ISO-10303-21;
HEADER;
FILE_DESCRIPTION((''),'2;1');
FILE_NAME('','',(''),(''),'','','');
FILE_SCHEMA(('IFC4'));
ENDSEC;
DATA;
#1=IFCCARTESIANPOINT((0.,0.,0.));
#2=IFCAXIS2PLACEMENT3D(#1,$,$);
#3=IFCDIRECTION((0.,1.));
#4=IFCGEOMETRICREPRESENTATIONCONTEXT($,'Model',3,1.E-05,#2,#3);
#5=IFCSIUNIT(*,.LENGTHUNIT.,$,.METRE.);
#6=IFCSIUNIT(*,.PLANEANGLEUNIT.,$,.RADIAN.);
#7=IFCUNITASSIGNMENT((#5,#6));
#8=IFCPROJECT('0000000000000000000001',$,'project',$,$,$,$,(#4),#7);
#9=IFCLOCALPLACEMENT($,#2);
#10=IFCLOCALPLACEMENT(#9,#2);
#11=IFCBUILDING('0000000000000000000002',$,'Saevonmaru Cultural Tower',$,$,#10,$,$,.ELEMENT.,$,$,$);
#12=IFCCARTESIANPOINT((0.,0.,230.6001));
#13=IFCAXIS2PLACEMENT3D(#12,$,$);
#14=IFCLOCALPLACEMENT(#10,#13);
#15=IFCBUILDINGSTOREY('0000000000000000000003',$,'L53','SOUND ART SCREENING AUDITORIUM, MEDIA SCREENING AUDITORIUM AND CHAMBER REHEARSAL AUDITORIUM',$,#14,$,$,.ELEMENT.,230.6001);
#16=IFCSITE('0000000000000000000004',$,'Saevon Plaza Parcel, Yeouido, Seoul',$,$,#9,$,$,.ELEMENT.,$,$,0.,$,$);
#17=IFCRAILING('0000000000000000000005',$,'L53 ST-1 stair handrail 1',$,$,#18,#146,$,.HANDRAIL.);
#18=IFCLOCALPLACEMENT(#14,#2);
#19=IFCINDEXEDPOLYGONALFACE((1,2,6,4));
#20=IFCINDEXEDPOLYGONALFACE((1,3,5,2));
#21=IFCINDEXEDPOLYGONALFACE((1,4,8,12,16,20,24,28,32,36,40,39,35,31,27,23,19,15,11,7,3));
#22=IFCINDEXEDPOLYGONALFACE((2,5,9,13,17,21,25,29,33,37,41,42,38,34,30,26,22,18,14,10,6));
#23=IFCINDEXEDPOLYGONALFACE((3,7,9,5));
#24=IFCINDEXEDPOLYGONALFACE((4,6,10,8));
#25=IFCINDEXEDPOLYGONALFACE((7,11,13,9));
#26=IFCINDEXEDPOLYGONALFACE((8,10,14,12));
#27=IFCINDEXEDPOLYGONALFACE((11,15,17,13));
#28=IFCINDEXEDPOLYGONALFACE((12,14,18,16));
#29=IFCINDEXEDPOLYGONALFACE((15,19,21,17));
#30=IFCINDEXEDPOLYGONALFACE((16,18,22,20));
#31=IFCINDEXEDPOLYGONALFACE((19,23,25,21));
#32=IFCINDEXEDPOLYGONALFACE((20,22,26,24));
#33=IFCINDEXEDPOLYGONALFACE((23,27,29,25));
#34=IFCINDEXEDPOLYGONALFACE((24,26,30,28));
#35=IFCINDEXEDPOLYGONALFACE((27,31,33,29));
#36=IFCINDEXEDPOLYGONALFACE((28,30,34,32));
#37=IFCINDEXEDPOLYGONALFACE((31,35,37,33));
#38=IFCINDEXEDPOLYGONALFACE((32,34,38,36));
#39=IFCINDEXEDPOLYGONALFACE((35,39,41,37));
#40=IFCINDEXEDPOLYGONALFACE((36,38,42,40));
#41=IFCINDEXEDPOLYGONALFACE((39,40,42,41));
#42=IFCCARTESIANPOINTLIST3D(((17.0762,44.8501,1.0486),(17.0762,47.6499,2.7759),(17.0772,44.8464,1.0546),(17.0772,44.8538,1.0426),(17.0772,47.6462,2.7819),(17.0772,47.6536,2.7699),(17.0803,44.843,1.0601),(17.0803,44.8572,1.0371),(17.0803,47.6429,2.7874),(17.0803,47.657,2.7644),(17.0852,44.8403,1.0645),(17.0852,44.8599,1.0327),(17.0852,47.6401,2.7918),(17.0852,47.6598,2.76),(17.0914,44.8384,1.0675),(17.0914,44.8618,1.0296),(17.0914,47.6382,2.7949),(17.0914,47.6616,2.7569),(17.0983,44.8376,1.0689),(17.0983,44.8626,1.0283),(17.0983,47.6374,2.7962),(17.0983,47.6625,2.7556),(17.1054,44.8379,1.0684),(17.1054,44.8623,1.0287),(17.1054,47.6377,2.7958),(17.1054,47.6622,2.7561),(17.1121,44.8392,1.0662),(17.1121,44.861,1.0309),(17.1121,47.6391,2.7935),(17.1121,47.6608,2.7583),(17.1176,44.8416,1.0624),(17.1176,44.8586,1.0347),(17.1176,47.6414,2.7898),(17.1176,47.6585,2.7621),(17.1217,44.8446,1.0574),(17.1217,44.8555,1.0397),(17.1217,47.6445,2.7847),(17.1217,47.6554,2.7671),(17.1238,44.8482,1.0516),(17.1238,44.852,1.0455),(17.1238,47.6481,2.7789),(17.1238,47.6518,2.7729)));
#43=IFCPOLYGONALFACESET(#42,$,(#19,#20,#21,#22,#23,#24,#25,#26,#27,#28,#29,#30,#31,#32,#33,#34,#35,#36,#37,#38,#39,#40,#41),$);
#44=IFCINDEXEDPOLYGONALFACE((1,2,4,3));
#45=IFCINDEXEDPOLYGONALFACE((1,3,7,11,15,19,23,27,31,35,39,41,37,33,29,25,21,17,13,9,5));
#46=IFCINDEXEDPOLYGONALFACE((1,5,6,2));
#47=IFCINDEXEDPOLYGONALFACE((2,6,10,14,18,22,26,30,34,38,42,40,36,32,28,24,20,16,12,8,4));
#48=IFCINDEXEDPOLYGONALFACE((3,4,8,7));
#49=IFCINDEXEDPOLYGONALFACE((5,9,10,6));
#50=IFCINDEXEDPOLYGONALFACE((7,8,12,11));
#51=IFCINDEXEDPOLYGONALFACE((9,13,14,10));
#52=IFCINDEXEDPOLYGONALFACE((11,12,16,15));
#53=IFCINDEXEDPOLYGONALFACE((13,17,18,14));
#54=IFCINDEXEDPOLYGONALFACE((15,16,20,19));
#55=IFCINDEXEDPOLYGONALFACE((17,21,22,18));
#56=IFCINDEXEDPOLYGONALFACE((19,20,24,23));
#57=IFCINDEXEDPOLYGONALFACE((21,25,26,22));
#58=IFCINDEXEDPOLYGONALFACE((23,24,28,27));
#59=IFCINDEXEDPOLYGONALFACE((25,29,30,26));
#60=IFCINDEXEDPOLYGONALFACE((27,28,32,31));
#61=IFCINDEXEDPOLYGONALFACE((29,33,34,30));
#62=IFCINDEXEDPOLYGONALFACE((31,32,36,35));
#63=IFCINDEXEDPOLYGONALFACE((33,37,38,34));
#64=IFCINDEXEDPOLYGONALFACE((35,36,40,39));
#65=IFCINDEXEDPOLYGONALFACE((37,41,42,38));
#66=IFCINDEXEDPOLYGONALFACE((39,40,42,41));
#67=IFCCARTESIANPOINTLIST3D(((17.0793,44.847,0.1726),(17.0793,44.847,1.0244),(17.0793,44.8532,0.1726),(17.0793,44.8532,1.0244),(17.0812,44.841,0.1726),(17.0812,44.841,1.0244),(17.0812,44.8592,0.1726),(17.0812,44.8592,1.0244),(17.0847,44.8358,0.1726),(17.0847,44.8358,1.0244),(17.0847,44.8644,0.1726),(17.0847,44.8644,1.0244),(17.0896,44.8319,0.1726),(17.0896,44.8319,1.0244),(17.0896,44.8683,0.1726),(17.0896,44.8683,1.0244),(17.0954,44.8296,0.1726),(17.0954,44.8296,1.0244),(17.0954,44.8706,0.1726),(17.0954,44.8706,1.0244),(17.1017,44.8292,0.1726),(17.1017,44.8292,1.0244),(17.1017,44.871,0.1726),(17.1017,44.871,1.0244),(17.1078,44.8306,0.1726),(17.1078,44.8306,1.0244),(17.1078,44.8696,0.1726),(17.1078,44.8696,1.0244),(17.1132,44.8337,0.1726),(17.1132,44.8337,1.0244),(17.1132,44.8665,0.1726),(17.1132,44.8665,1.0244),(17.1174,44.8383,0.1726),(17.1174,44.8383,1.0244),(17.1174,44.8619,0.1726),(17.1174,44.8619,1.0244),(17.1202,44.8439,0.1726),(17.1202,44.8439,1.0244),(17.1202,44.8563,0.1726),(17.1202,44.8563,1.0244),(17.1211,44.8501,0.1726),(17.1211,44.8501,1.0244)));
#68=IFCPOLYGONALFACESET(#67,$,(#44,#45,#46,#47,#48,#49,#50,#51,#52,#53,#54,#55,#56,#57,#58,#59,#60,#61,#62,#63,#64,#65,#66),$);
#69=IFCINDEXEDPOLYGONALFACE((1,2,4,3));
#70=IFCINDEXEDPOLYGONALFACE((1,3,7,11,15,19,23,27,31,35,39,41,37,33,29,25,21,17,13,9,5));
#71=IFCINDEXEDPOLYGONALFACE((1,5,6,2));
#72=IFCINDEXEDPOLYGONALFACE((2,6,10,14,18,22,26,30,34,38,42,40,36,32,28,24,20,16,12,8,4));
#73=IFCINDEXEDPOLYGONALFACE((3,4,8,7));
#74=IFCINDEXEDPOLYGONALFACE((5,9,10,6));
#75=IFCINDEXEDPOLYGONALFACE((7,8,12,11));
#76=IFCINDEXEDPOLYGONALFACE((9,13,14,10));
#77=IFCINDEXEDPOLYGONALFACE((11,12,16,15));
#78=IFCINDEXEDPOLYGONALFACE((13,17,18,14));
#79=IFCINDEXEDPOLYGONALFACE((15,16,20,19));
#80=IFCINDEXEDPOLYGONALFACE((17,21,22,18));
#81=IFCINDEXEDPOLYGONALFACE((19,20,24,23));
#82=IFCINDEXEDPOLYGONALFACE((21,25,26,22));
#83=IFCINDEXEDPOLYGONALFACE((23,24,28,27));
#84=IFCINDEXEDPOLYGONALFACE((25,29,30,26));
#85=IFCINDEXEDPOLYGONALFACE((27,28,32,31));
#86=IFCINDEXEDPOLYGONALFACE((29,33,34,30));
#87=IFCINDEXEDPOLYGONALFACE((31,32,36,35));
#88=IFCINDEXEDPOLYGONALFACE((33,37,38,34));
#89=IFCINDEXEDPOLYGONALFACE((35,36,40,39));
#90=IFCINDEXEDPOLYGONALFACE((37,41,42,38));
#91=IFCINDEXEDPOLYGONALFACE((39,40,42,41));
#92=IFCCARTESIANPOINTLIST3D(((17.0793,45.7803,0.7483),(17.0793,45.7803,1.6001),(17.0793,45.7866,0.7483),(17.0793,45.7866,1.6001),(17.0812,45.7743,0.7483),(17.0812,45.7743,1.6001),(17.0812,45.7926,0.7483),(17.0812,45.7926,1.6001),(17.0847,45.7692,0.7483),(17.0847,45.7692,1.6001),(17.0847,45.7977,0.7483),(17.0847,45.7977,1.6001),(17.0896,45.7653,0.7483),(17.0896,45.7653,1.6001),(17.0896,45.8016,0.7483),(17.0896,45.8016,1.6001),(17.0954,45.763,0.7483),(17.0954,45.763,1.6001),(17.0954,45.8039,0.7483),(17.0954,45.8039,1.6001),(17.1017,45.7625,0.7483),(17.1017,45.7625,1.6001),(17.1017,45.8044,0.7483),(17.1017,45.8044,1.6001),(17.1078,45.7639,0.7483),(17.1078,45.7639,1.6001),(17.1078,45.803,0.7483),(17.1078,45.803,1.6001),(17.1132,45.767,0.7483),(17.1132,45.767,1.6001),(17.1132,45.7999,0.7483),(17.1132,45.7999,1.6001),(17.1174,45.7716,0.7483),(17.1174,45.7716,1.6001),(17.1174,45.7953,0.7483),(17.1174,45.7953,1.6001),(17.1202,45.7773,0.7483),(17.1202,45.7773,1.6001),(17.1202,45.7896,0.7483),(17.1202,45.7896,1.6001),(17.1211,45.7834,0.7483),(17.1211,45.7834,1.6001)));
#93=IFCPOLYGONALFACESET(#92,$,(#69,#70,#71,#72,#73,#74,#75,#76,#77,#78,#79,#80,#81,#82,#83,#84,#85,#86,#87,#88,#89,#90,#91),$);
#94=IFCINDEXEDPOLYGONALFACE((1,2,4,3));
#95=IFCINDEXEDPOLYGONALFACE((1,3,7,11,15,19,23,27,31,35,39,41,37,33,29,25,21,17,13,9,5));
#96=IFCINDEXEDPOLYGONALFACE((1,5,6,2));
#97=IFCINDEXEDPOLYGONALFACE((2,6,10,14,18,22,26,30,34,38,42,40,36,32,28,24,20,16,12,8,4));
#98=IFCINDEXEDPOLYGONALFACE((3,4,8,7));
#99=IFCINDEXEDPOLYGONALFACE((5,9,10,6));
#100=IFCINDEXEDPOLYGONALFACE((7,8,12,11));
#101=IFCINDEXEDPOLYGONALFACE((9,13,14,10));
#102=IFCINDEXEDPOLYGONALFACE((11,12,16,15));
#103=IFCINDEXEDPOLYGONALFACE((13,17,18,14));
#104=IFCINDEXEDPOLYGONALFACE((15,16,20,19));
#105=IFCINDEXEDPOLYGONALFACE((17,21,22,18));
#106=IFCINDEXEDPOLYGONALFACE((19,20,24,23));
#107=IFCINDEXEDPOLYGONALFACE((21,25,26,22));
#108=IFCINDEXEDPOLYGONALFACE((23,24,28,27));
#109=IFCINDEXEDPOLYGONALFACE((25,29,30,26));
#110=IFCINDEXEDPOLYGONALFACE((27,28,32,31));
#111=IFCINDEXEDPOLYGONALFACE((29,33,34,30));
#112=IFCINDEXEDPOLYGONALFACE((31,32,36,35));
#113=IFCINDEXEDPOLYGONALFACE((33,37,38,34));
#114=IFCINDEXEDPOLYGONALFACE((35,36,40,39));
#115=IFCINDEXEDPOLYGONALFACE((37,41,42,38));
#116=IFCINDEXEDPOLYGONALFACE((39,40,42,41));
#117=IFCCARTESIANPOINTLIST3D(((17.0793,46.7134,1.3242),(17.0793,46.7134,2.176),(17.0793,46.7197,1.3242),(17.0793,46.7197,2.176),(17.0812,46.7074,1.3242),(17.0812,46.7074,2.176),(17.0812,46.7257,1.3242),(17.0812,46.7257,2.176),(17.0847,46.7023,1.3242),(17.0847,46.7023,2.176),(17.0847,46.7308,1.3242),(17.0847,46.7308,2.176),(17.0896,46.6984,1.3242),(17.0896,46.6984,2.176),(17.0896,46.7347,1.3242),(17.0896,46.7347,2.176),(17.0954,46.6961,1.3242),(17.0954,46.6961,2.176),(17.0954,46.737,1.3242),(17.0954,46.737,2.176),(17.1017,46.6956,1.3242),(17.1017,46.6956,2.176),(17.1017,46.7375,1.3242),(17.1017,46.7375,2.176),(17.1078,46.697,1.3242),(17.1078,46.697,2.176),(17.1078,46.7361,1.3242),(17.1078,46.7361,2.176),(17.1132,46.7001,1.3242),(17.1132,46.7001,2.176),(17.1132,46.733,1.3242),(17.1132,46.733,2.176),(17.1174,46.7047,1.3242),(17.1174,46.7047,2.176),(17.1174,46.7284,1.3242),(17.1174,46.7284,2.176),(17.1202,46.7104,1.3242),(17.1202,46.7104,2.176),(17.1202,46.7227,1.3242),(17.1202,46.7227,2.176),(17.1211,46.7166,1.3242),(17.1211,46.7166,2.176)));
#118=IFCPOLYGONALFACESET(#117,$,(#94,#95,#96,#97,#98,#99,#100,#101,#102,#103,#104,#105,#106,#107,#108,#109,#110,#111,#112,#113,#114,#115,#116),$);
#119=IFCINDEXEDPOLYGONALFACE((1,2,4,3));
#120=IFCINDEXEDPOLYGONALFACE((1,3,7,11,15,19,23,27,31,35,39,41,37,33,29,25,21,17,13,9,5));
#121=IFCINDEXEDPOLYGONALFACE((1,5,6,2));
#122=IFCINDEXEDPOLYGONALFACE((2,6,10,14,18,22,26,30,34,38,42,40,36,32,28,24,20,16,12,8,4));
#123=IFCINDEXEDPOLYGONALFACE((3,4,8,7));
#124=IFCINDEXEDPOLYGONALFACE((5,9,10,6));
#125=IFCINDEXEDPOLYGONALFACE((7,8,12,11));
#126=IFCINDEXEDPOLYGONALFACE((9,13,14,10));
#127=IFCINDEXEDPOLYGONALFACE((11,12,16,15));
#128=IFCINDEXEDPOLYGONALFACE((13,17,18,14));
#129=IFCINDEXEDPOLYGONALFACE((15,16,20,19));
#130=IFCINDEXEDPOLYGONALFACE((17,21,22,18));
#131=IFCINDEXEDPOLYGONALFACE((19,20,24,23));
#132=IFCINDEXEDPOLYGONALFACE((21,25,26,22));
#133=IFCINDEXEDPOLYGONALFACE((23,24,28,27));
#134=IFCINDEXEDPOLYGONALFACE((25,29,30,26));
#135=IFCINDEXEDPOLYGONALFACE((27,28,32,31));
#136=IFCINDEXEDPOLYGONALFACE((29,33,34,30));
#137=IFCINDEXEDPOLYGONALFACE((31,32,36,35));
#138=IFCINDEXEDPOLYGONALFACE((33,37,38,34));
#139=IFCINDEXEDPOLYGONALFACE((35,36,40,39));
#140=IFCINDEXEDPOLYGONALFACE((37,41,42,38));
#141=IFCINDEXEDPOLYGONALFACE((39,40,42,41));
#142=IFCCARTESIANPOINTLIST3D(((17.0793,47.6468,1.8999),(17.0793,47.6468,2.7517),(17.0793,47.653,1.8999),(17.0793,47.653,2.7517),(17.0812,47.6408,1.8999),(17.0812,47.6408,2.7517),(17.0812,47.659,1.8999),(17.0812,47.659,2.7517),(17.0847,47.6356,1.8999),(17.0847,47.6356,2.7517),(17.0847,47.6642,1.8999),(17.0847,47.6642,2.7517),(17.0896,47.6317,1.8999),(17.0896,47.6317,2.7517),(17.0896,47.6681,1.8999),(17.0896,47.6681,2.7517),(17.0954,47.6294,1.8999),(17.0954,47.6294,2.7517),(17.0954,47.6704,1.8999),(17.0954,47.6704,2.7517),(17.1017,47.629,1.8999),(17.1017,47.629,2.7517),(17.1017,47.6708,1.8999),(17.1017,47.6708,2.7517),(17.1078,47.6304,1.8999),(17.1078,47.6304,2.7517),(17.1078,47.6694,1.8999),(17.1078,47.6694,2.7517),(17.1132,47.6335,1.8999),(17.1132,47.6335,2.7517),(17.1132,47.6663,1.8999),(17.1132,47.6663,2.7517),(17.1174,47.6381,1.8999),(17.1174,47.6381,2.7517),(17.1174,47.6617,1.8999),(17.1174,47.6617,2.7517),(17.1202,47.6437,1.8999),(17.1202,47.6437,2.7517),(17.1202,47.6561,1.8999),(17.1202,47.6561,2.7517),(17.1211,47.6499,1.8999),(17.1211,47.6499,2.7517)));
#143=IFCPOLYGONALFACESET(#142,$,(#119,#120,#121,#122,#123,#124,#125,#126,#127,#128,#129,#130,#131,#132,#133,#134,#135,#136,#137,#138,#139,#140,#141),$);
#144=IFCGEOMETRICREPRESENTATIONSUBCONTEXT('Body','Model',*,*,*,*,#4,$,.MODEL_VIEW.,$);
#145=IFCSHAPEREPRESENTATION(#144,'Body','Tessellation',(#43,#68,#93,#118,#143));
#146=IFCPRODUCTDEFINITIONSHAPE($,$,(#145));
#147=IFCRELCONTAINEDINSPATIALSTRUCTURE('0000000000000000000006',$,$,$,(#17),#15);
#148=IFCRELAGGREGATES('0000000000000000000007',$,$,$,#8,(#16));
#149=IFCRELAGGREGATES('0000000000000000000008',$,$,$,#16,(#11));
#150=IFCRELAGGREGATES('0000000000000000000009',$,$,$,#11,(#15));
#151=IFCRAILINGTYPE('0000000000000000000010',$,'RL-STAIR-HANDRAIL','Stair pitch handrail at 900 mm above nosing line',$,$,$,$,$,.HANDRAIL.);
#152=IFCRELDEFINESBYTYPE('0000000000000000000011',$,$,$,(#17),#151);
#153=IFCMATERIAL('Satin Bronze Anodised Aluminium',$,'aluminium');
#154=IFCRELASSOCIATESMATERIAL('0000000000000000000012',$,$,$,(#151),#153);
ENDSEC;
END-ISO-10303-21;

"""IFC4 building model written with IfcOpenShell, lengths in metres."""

from ifc_helpers import new_model, si_unit, direction, frame, origin, origin_2d, place, context, subcontext, project, spatial, circle, extrude, material, type_object, element, save


model = new_model("IFC4")

# Units and contexts
model_context = context("Model", 3, precision=1e-05, world=origin(), true_north=direction((0.0, 1.0)))
body_context = subcontext(model_context, "Body", "Model", "MODEL_VIEW")
ifc_project = project(units=[si_unit("LENGTHUNIT", "METRE"), si_unit("PLANEANGLEUNIT", "RADIAN")], contexts=[model_context])

# Site, building, storey
site_placement = place(None, origin())
site = spatial("IfcSite", under=ifc_project, at=site_placement, Name="Saevon Plaza Parcel, Yeouido, Seoul", CompositionType="ELEMENT", RefElevation=0.0)
building_placement = place(site_placement, origin())
building = spatial("IfcBuilding", under=site, at=building_placement, Name="Saevonmaru Cultural Tower", CompositionType="ELEMENT")
storey_placement = place(building_placement, frame((0.0, 0.0, 230.6001)))
storey = spatial("IfcBuildingStorey", under=building, at=storey_placement, Name="L53", Description="SOUND ART SCREENING AUDITORIUM, MEDIA SCREENING AUDITORIUM AND CHAMBER REHEARSAL AUDITORIUM", CompositionType="ELEMENT", Elevation=230.6001)

# Shared definitions
ifc_material_1 = material(Name="Satin Bronze Anodised Aluminium", Category="aluminium")

# Railing
railing_type_1 = type_object("IfcRailingType", Name="RL-STAIR-HANDRAIL", Description="Stair pitch handrail at 900 mm above nosing line", PredefinedType="HANDRAIL", material=ifc_material_1)
railing_1_placement = place(storey_placement, frame((17.1001, 44.8501, 0.1726)))
element("IfcRailing", 1, at=railing_1_placement, inside=storey, type_object=railing_type_1, Name="L53 ST-1 stair handrail 1", PredefinedType="HANDRAIL", context=body_context, shape_type="SweptSolid", body=[
    extrude(circle(Radius=0.0239, at=origin_2d()), frame((0.0, 0.0, 0.876), z_axis=(0.0, 0.851069, 0.525054), x_axis=(-1.0, 0.0, 0.0)), (0.0, 0.0, 1.0), 3.2898),
    extrude(circle(Radius=0.021, at=origin_2d()), origin(), (0.0, 0.0, 1.0), 0.8518),
    extrude(circle(Radius=0.021, at=origin_2d()), frame((0.0, 0.9333, 0.5757)), (0.0, 0.0, 1.0), 0.8518),
    extrude(circle(Radius=0.021, at=origin_2d()), frame((0.0, 1.8665, 1.1516)), (0.0, 0.0, 1.0), 0.8518),
    extrude(circle(Radius=0.021, at=origin_2d()), frame((0.0, 2.7998, 1.7273)), (0.0, 0.0, 1.0), 0.8518),
])

save(model, "model.ifc")
